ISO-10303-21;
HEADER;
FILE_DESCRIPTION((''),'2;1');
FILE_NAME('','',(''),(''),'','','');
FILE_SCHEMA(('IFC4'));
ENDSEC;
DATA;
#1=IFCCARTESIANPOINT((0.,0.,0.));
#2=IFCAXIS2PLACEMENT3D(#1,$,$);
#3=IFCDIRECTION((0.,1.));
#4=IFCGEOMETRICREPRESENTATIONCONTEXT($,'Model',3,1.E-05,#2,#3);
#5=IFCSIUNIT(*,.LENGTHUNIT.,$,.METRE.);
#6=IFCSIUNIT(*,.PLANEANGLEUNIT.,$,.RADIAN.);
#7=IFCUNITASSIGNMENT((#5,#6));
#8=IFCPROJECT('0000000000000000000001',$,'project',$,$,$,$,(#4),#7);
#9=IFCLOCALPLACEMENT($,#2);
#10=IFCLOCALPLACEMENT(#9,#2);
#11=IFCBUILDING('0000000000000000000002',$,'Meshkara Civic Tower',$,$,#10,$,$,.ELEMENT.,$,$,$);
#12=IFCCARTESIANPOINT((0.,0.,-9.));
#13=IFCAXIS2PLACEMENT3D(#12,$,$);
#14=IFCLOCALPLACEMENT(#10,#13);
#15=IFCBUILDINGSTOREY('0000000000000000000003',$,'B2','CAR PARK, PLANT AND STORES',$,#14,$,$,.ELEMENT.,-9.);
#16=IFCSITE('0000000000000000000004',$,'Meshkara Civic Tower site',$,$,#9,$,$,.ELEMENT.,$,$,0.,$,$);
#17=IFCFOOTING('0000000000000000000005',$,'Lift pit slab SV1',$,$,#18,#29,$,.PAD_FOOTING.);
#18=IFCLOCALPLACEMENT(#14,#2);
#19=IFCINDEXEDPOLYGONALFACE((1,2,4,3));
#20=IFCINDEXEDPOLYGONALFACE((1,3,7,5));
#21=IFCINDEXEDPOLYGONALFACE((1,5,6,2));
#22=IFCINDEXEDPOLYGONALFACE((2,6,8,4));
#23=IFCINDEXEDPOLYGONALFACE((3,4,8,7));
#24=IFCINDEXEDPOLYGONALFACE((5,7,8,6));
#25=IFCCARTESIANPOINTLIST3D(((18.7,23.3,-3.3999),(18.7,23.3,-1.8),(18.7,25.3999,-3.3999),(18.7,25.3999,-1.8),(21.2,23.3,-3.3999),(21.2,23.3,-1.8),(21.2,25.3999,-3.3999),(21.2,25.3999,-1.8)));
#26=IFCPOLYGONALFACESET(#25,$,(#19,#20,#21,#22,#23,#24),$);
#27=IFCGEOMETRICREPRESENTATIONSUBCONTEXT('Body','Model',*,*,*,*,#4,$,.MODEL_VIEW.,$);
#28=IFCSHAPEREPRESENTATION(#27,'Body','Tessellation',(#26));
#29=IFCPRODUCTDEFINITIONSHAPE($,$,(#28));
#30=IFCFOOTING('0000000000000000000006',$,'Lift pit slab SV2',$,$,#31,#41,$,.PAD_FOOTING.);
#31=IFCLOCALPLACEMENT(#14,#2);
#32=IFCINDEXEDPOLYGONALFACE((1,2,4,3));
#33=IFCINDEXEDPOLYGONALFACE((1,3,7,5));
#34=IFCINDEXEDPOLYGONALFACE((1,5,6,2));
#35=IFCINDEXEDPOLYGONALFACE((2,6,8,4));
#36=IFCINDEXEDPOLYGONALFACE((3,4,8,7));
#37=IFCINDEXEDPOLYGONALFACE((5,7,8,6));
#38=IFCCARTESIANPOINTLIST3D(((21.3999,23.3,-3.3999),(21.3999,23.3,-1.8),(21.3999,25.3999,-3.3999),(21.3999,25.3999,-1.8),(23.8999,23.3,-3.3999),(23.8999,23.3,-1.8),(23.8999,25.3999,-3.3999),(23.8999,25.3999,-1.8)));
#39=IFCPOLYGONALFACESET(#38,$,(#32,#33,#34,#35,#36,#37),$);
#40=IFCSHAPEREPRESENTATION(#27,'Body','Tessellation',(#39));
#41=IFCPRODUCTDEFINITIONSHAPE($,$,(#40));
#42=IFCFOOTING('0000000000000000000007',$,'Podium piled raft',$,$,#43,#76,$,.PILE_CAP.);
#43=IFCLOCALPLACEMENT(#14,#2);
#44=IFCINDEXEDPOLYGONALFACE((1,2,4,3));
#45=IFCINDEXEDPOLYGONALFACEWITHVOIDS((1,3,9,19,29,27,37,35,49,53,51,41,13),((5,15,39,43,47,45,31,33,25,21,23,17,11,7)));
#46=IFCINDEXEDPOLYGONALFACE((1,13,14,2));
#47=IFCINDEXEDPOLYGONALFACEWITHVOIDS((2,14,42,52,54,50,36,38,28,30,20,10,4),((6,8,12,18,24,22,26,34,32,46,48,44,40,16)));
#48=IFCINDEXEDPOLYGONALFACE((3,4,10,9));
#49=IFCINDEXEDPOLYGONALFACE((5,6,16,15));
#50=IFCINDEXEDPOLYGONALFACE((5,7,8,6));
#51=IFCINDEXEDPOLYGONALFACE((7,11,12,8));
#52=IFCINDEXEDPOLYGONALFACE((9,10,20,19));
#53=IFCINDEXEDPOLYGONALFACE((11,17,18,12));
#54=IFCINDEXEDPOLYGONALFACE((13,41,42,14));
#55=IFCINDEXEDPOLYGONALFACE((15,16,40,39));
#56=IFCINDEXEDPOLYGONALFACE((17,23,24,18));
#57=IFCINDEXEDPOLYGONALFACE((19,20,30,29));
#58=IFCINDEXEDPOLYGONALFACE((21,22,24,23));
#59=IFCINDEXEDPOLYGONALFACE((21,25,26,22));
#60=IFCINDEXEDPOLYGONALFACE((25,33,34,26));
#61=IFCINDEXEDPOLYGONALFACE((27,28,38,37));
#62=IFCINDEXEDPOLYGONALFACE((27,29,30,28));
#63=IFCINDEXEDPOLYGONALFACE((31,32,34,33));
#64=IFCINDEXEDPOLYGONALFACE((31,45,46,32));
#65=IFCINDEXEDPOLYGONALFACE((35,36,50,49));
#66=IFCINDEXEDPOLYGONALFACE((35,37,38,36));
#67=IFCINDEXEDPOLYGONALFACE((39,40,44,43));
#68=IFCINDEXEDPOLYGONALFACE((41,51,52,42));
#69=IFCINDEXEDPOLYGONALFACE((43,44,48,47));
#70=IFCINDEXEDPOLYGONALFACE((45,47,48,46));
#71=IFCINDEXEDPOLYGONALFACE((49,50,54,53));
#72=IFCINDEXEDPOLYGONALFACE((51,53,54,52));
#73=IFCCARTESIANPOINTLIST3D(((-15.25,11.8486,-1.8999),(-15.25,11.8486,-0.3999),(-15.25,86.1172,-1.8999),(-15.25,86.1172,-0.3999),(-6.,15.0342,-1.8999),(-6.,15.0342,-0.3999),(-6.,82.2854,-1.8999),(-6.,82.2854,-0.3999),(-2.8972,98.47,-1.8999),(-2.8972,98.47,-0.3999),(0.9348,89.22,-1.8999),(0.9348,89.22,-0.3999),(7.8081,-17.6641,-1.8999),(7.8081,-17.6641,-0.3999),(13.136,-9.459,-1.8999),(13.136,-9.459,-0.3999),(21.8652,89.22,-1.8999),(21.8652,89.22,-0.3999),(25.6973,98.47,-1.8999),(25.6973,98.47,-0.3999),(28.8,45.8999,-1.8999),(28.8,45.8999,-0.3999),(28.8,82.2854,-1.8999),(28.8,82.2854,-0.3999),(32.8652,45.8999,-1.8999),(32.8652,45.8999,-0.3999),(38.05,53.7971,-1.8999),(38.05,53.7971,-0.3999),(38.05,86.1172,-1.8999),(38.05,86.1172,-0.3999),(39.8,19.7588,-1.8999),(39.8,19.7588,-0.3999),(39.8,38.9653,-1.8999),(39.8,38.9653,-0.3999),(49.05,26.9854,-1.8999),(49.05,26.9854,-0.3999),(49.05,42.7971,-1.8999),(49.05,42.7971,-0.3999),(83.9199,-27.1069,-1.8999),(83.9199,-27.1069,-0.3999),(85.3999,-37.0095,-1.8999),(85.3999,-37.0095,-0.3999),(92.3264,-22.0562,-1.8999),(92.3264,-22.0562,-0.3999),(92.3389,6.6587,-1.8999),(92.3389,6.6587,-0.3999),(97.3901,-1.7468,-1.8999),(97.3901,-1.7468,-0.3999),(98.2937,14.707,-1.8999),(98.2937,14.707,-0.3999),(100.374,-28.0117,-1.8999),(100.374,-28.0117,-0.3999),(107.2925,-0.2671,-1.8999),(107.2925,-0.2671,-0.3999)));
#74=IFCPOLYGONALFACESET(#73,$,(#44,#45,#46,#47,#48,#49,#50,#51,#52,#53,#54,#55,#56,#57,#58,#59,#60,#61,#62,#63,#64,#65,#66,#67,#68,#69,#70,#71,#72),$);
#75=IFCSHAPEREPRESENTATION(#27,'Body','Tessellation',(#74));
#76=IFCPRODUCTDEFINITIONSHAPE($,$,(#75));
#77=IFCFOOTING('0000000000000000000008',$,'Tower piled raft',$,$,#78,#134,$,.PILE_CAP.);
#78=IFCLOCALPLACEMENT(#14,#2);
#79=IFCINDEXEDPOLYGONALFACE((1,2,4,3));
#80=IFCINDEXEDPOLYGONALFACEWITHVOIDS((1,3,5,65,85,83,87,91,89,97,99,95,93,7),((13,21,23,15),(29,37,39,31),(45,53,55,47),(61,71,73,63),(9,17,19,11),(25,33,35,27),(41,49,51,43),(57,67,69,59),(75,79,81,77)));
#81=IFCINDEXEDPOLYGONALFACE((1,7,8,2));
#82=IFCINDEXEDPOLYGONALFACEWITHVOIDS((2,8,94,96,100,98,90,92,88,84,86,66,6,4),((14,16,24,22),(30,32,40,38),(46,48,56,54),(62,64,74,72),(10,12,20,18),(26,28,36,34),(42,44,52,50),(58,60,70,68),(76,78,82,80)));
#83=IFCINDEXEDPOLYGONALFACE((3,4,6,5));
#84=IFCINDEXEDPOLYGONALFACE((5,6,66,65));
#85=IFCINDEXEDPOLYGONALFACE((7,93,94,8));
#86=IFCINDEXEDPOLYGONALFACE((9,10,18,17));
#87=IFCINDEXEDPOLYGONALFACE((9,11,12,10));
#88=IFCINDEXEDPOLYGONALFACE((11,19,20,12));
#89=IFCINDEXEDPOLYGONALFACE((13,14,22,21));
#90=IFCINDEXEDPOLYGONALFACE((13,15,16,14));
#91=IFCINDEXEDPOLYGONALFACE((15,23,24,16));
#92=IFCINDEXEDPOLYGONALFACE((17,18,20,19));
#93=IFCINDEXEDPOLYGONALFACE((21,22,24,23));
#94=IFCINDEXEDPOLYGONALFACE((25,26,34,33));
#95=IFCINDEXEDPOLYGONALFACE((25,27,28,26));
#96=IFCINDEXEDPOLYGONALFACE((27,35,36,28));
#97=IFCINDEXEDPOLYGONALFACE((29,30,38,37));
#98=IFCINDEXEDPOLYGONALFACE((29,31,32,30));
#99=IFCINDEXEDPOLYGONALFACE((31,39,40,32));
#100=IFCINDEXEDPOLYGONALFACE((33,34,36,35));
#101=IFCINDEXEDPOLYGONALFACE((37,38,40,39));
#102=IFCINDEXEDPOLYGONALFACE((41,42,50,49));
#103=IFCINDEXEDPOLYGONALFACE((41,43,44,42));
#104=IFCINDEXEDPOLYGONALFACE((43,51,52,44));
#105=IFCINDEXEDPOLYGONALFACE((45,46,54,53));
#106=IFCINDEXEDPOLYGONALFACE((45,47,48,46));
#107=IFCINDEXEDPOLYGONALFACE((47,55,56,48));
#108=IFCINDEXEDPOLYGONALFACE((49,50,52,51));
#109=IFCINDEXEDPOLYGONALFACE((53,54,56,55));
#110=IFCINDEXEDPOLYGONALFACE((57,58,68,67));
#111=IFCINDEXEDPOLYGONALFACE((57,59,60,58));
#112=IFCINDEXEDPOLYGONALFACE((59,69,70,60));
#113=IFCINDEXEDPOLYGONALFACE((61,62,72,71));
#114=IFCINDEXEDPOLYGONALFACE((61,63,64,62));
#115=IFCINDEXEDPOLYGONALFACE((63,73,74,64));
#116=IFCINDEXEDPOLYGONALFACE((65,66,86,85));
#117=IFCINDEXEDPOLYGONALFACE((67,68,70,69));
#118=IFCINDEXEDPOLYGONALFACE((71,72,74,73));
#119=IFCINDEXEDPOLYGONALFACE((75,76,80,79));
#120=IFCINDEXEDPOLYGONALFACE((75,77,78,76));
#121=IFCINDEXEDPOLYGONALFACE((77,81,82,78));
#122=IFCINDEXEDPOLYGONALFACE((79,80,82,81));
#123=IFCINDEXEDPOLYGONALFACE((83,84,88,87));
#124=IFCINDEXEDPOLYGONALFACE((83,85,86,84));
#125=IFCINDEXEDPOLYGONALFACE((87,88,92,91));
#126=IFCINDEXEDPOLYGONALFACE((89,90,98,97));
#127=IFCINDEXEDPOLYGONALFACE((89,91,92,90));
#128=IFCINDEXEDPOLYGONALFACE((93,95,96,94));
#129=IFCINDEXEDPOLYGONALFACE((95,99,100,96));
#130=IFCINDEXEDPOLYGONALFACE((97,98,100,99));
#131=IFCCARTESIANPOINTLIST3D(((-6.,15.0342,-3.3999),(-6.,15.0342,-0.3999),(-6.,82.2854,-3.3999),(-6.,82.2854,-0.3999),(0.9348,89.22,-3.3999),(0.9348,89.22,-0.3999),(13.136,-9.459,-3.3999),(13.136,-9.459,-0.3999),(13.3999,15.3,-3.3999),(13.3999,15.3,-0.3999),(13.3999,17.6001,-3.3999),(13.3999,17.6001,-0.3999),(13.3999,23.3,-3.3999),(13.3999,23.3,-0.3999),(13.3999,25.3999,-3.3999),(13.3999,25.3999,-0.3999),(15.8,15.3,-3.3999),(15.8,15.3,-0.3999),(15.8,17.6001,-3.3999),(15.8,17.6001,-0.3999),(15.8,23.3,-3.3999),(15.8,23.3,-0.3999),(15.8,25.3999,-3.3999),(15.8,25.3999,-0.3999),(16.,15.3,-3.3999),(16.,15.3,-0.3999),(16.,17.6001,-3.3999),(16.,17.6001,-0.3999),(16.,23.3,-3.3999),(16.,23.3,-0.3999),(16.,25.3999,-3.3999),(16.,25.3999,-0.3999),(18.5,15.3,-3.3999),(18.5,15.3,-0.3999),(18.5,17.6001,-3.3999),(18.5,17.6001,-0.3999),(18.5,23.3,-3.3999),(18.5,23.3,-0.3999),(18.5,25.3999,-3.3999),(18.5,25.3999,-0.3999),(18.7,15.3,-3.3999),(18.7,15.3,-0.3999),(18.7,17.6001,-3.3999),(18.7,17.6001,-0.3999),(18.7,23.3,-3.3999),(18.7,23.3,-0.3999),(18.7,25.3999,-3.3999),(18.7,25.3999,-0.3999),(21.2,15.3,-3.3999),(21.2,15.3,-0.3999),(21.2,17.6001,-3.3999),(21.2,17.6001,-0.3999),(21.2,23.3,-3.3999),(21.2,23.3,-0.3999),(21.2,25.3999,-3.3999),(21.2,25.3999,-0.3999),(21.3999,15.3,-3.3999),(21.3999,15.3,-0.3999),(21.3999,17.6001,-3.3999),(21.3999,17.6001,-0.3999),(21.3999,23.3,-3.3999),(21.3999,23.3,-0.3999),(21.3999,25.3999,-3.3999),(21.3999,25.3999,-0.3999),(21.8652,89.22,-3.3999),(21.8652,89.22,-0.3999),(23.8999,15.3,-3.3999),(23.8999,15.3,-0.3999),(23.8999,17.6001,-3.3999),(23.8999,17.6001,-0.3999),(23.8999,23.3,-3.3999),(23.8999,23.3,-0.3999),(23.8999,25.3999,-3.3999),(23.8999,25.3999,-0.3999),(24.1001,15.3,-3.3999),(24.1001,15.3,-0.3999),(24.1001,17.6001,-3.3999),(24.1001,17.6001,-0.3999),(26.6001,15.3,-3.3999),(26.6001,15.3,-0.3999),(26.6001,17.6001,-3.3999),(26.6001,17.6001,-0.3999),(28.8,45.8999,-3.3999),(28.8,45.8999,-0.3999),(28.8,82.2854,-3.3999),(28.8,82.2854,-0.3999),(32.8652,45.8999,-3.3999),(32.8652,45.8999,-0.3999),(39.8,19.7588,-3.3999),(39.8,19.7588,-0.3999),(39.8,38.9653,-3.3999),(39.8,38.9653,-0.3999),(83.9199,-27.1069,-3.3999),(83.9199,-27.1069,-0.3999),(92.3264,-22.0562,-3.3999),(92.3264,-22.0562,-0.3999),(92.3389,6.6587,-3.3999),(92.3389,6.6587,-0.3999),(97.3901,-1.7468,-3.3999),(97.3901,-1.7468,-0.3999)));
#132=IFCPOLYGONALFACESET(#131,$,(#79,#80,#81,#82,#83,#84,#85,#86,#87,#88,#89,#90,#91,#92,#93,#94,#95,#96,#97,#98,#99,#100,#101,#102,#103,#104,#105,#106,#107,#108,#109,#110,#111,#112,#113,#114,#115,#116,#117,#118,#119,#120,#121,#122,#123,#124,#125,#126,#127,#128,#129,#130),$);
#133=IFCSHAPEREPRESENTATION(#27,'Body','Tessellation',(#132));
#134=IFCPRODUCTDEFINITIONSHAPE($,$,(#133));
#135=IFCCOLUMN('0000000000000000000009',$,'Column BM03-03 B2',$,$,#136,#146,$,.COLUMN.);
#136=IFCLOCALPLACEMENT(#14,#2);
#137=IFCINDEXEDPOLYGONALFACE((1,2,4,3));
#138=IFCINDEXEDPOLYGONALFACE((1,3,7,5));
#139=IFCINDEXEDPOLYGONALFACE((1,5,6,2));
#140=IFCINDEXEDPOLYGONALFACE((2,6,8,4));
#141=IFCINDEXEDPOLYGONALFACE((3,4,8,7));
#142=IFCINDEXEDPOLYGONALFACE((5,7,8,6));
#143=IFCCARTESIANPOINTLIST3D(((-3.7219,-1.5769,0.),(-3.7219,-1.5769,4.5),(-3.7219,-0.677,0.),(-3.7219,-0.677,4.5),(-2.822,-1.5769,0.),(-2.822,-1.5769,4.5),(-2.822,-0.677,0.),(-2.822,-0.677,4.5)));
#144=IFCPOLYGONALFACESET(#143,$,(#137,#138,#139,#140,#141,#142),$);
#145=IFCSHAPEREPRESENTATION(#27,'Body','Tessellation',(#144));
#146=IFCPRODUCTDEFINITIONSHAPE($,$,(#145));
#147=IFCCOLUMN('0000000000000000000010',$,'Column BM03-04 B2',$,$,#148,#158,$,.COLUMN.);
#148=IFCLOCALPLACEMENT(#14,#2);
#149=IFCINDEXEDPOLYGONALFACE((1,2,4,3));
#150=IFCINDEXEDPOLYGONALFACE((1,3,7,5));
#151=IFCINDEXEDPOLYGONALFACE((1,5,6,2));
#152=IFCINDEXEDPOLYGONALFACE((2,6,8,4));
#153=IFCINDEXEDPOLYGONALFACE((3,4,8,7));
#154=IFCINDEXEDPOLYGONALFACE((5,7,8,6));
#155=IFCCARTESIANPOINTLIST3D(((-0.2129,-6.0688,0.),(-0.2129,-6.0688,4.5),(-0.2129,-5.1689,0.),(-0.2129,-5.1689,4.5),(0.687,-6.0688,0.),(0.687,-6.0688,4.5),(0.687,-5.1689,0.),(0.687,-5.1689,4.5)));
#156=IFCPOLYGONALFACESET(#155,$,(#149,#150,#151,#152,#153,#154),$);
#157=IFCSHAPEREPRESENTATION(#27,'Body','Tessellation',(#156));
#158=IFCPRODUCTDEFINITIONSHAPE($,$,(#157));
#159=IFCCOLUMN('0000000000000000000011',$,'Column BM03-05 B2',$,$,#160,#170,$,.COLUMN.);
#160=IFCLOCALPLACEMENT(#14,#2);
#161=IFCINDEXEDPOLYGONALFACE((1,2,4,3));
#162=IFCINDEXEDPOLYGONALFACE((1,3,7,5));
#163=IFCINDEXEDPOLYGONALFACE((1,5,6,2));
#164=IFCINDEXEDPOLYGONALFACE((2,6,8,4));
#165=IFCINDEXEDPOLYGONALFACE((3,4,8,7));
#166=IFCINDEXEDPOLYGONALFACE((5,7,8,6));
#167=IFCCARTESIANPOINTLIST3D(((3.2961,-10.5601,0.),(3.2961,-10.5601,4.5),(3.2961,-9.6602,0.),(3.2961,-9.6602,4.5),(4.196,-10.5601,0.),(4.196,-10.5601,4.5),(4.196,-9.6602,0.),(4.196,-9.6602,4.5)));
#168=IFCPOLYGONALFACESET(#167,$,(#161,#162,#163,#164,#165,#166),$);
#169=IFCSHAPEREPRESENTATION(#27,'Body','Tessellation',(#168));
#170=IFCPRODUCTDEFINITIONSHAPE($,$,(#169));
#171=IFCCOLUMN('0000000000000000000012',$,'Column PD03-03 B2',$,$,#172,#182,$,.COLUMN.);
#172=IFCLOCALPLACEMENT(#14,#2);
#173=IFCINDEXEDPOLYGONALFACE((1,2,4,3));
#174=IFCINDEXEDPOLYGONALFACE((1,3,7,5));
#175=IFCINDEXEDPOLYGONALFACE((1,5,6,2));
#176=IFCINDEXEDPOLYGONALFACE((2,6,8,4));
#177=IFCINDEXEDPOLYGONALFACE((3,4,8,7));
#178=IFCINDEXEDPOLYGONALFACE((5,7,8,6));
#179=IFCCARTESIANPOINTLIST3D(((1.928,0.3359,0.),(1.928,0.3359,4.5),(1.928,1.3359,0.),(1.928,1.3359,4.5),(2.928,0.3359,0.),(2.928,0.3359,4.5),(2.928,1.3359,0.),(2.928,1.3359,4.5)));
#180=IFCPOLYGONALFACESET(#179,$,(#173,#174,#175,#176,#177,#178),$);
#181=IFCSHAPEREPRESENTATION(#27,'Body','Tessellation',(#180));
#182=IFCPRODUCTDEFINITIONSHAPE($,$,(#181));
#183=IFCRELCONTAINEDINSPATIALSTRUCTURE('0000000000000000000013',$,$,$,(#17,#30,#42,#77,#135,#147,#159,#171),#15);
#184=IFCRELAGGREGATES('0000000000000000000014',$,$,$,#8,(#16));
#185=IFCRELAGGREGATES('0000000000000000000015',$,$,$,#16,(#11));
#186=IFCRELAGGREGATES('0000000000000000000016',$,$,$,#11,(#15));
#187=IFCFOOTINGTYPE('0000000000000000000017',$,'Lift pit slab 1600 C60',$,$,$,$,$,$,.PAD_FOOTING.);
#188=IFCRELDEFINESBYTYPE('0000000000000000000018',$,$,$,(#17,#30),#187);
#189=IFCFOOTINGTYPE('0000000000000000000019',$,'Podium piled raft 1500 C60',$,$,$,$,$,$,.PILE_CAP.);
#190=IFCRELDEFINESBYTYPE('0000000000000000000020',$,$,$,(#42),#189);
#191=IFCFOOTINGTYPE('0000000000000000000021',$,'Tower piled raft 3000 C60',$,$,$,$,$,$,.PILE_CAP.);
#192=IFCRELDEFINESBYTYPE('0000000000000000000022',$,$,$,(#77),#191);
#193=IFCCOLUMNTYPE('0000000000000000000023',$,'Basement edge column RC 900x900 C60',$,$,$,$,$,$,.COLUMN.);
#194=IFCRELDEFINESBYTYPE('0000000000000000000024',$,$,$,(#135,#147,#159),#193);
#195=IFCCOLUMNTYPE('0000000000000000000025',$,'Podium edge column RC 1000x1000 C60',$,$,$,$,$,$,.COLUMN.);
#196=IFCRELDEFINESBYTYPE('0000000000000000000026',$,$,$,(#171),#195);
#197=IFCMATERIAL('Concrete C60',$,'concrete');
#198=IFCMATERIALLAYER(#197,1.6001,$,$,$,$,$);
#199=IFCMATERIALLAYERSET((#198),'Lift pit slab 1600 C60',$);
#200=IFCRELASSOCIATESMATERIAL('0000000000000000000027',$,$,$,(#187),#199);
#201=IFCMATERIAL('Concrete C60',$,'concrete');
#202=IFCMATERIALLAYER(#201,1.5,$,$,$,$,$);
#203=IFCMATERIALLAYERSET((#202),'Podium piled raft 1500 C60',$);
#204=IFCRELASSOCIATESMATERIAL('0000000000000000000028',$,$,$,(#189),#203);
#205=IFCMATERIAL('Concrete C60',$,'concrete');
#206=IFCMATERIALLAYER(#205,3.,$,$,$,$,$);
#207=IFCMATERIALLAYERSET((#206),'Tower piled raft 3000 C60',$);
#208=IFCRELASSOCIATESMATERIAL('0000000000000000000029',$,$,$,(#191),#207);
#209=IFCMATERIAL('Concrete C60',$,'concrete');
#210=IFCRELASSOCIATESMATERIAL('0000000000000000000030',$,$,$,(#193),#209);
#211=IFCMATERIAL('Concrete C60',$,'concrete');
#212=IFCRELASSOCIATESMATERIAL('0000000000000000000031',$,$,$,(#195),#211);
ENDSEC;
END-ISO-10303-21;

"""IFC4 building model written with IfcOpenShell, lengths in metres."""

from ifc_helpers import new_model, si_unit, direction, frame, origin, origin_2d, place, context, subcontext, project, spatial, polyline, rectangle, outline, extrude, material, layer, layer_set, material_profile, profile_set, type_object, element, save


model = new_model("IFC4")

# Units and contexts
model_context = context("Model", 3, precision=1e-05, world=origin(), true_north=direction((0.0, 1.0)))
body_context = subcontext(model_context, "Body", "Model", "MODEL_VIEW")
ifc_project = project(units=[si_unit("LENGTHUNIT", "METRE"), si_unit("PLANEANGLEUNIT", "RADIAN")], contexts=[model_context])

# Site, building, storey
site_placement = place(None, origin())
site = spatial("IfcSite", under=ifc_project, at=site_placement, Name="Meshkara Civic Tower site", CompositionType="ELEMENT", RefElevation=0.0)
building_placement = place(site_placement, origin())
building = spatial("IfcBuilding", under=site, at=building_placement, Name="Meshkara Civic Tower", CompositionType="ELEMENT")
storey_placement = place(building_placement, frame((0.0, 0.0, -9.0)))
storey = spatial("IfcBuildingStorey", under=building, at=storey_placement, Name="B2", Description="CAR PARK, PLANT AND STORES", CompositionType="ELEMENT", Elevation=-9.0)

# Footings
ifc_material_1 = material(Name="Concrete C60", Category="concrete")
ifc_layer_1 = layer(ifc_material_1, 1.6001)
ifc_layer_set_1 = layer_set([ifc_layer_1], Name="Lift pit slab 1600 C60")
footing_type_1 = type_object("IfcFootingType", Name="Lift pit slab 1600 C60", PredefinedType="PAD_FOOTING", material=ifc_layer_set_1)
footing_1_placement = place(storey_placement, frame((0.0, 0.0, -3.3999)))
element("IfcFooting", 1, at=footing_1_placement, inside=storey, type_object=footing_type_1, Name="Lift pit slab SV1", PredefinedType="PAD_FOOTING", context=body_context, shape_type="SweptSolid", body=[
    extrude(outline(polyline([(18.7, 25.3999), (21.2, 25.3999), (21.2, 23.3), (18.7, 23.3), (18.7, 25.3999)])), origin(), (0.0, 0.0, 1.0), 1.5999),
])
footing_2_placement = place(storey_placement, frame((0.0, 0.0, -3.3999)))
element("IfcFooting", 2, at=footing_2_placement, inside=storey, type_object=footing_type_1, Name="Lift pit slab SV2", PredefinedType="PAD_FOOTING", context=body_context, shape_type="SweptSolid", body=[
    extrude(outline(polyline([(21.3999, 23.3), (21.3999, 25.3999), (23.8999, 25.3999), (23.8999, 23.3), (21.3999, 23.3)])), origin(), (0.0, 0.0, 1.0), 1.5999),
])
ifc_material_2 = material(Name="Concrete C60", Category="concrete")
ifc_layer_2 = layer(ifc_material_2, 1.5)
ifc_layer_set_2 = layer_set([ifc_layer_2], Name="Podium piled raft 1500 C60")
footing_type_2 = type_object("IfcFootingType", Name="Podium piled raft 1500 C60", PredefinedType="PILE_CAP", material=ifc_layer_set_2)
footing_3_placement = place(storey_placement, frame((0.0, 0.0, -1.8999)))
element("IfcFooting", 3, at=footing_3_placement, inside=storey, type_object=footing_type_2, Name="Podium piled raft", PredefinedType="PILE_CAP", context=body_context, shape_type="SweptSolid", body=[
    extrude(outline(polyline([(38.05, 53.7971), (49.05, 42.7971), (49.05, 26.9854), (98.2937, 14.707), (107.2925, -0.2671), (100.374, -28.0117), (85.3999, -37.0095), (7.8081, -17.6641), (-15.25, 11.8486), (-15.25, 86.1172), (-2.8972, 98.47), (25.6973, 98.47), (38.05, 86.1172), (38.05, 53.7971)]), holes=[polyline([(92.3389, 6.6587), (39.8, 19.7588), (39.8, 38.9653), (32.8652, 45.8999), (28.8, 45.8999), (28.8, 82.2854), (21.8652, 89.22), (0.9348, 89.22), (-6.0, 82.2854), (-6.0, 15.0342), (13.136, -9.459), (83.9199, -27.1069), (92.3264, -22.0562), (97.3901, -1.7468), (92.3389, 6.6587)])]), origin(), (0.0, 0.0, 1.0), 1.5),
])
ifc_material_3 = material(Name="Concrete C60", Category="concrete")
ifc_layer_3 = layer(ifc_material_3, 3.0)
ifc_layer_set_3 = layer_set([ifc_layer_3], Name="Tower piled raft 3000 C60")
footing_type_3 = type_object("IfcFootingType", Name="Tower piled raft 3000 C60", PredefinedType="PILE_CAP", material=ifc_layer_set_3)
footing_4_placement = place(storey_placement, frame((0.0, 0.0, -3.3999)))
element("IfcFooting", 4, at=footing_4_placement, inside=storey, type_object=footing_type_3, Name="Tower piled raft", PredefinedType="PILE_CAP", context=body_context, shape_type="SweptSolid", body=[
    extrude(outline(polyline([(92.3264, -22.0562), (83.9199, -27.1069), (13.136, -9.459), (-6.0, 15.0342), (-6.0, 82.2854), (0.9348, 89.22), (21.8652, 89.22), (28.8, 82.2854), (28.8, 45.8999), (32.8652, 45.8999), (39.8, 38.9653), (39.8, 19.7588), (92.3389, 6.6587), (97.3901, -1.7468), (92.3264, -22.0562)]), holes=[polyline([(15.8, 17.6001), (13.3999, 17.6001), (13.3999, 15.3), (15.8, 15.3), (15.8, 17.6001)]), polyline([(18.5, 17.6001), (16.0, 17.6001), (16.0, 15.3), (18.5, 15.3), (18.5, 17.6001)]), polyline([(21.2, 17.6001), (18.7, 17.6001), (18.7, 15.3), (21.2, 15.3), (21.2, 17.6001)]), polyline([(23.8999, 17.6001), (21.3999, 17.6001), (21.3999, 15.3), (23.8999, 15.3), (23.8999, 17.6001)]), polyline([(26.6001, 17.6001), (24.1001, 17.6001), (24.1001, 15.3), (26.6001, 15.3), (26.6001, 17.6001)]), polyline([(15.8, 23.3), (15.8, 25.3999), (13.3999, 25.3999), (13.3999, 23.3), (15.8, 23.3)]), polyline([(16.0, 25.3999), (16.0, 23.3), (18.5, 23.3), (18.5, 25.3999), (16.0, 25.3999)]), polyline([(18.7, 23.3), (21.2, 23.3), (21.2, 25.3999), (18.7, 25.3999), (18.7, 23.3)]), polyline([(23.8999, 23.3), (23.8999, 25.3999), (21.3999, 25.3999), (21.3999, 23.3), (23.8999, 23.3)])]), origin(), (0.0, 0.0, 1.0), 3.0),
])

# Columns
ifc_material_4 = material(Name="Concrete C60", Category="concrete")
ifc_material_profile_1 = material_profile(ifc_material_4, rectangle(XDim=0.8999, YDim=0.8999, at=origin_2d()))
ifc_profile_set_1 = profile_set([ifc_material_profile_1], Name="Concrete C60")
column_type_1 = type_object("IfcColumnType", Name="Basement edge column RC 900x900 C60", PredefinedType="COLUMN", material=ifc_profile_set_1)
for number, where, z_axis, x_axis, name in (
    (5, (-3.272, -1.127, 0.0), (0.0, 0.0, 1.0), (1.0, 0.0, 0.0), "Column BM03-03 B2"),
    (6, (0.2371, -5.6189, 0.0), (0.0, 0.0, 1.0), (1.0, 0.0, 0.0), "Column BM03-04 B2"),
    (7, (3.7461, -10.1101, 0.0), (0.0, 0.0, 1.0), (1.0, 0.0, 0.0), "Column BM03-05 B2"),
):
    element("IfcColumn", number, at=place(storey_placement, frame(where, z_axis=z_axis, x_axis=x_axis)), inside=storey, type_object=column_type_1, Name=name, PredefinedType="COLUMN", context=body_context, shape_type="SweptSolid", body=[
        extrude(rectangle(XDim=0.8999, YDim=0.8999, at=origin_2d()), origin(), (0.0, 0.0, 1.0), 4.5),
    ])
ifc_material_5 = material(Name="Concrete C60", Category="concrete")
ifc_material_profile_2 = material_profile(ifc_material_5, rectangle(XDim=1.0, YDim=1.0, at=origin_2d()))
ifc_profile_set_2 = profile_set([ifc_material_profile_2], Name="Concrete C60")
column_type_2 = type_object("IfcColumnType", Name="Podium edge column RC 1000x1000 C60", PredefinedType="COLUMN", material=ifc_profile_set_2)
for number, where, z_axis, x_axis, name in (
    (8, (2.428, 0.8359, 0.0), (0.0, 0.0, 1.0), (1.0, 0.0, 0.0), "Column PD03-03 B2"),
):
    element("IfcColumn", number, at=place(storey_placement, frame(where, z_axis=z_axis, x_axis=x_axis)), inside=storey, type_object=column_type_2, Name=name, PredefinedType="COLUMN", context=body_context, shape_type="SweptSolid", body=[
        extrude(rectangle(XDim=1.0, YDim=1.0, at=origin_2d()), origin(), (0.0, 0.0, 1.0), 4.5),
    ])

save(model, "model.ifc")
